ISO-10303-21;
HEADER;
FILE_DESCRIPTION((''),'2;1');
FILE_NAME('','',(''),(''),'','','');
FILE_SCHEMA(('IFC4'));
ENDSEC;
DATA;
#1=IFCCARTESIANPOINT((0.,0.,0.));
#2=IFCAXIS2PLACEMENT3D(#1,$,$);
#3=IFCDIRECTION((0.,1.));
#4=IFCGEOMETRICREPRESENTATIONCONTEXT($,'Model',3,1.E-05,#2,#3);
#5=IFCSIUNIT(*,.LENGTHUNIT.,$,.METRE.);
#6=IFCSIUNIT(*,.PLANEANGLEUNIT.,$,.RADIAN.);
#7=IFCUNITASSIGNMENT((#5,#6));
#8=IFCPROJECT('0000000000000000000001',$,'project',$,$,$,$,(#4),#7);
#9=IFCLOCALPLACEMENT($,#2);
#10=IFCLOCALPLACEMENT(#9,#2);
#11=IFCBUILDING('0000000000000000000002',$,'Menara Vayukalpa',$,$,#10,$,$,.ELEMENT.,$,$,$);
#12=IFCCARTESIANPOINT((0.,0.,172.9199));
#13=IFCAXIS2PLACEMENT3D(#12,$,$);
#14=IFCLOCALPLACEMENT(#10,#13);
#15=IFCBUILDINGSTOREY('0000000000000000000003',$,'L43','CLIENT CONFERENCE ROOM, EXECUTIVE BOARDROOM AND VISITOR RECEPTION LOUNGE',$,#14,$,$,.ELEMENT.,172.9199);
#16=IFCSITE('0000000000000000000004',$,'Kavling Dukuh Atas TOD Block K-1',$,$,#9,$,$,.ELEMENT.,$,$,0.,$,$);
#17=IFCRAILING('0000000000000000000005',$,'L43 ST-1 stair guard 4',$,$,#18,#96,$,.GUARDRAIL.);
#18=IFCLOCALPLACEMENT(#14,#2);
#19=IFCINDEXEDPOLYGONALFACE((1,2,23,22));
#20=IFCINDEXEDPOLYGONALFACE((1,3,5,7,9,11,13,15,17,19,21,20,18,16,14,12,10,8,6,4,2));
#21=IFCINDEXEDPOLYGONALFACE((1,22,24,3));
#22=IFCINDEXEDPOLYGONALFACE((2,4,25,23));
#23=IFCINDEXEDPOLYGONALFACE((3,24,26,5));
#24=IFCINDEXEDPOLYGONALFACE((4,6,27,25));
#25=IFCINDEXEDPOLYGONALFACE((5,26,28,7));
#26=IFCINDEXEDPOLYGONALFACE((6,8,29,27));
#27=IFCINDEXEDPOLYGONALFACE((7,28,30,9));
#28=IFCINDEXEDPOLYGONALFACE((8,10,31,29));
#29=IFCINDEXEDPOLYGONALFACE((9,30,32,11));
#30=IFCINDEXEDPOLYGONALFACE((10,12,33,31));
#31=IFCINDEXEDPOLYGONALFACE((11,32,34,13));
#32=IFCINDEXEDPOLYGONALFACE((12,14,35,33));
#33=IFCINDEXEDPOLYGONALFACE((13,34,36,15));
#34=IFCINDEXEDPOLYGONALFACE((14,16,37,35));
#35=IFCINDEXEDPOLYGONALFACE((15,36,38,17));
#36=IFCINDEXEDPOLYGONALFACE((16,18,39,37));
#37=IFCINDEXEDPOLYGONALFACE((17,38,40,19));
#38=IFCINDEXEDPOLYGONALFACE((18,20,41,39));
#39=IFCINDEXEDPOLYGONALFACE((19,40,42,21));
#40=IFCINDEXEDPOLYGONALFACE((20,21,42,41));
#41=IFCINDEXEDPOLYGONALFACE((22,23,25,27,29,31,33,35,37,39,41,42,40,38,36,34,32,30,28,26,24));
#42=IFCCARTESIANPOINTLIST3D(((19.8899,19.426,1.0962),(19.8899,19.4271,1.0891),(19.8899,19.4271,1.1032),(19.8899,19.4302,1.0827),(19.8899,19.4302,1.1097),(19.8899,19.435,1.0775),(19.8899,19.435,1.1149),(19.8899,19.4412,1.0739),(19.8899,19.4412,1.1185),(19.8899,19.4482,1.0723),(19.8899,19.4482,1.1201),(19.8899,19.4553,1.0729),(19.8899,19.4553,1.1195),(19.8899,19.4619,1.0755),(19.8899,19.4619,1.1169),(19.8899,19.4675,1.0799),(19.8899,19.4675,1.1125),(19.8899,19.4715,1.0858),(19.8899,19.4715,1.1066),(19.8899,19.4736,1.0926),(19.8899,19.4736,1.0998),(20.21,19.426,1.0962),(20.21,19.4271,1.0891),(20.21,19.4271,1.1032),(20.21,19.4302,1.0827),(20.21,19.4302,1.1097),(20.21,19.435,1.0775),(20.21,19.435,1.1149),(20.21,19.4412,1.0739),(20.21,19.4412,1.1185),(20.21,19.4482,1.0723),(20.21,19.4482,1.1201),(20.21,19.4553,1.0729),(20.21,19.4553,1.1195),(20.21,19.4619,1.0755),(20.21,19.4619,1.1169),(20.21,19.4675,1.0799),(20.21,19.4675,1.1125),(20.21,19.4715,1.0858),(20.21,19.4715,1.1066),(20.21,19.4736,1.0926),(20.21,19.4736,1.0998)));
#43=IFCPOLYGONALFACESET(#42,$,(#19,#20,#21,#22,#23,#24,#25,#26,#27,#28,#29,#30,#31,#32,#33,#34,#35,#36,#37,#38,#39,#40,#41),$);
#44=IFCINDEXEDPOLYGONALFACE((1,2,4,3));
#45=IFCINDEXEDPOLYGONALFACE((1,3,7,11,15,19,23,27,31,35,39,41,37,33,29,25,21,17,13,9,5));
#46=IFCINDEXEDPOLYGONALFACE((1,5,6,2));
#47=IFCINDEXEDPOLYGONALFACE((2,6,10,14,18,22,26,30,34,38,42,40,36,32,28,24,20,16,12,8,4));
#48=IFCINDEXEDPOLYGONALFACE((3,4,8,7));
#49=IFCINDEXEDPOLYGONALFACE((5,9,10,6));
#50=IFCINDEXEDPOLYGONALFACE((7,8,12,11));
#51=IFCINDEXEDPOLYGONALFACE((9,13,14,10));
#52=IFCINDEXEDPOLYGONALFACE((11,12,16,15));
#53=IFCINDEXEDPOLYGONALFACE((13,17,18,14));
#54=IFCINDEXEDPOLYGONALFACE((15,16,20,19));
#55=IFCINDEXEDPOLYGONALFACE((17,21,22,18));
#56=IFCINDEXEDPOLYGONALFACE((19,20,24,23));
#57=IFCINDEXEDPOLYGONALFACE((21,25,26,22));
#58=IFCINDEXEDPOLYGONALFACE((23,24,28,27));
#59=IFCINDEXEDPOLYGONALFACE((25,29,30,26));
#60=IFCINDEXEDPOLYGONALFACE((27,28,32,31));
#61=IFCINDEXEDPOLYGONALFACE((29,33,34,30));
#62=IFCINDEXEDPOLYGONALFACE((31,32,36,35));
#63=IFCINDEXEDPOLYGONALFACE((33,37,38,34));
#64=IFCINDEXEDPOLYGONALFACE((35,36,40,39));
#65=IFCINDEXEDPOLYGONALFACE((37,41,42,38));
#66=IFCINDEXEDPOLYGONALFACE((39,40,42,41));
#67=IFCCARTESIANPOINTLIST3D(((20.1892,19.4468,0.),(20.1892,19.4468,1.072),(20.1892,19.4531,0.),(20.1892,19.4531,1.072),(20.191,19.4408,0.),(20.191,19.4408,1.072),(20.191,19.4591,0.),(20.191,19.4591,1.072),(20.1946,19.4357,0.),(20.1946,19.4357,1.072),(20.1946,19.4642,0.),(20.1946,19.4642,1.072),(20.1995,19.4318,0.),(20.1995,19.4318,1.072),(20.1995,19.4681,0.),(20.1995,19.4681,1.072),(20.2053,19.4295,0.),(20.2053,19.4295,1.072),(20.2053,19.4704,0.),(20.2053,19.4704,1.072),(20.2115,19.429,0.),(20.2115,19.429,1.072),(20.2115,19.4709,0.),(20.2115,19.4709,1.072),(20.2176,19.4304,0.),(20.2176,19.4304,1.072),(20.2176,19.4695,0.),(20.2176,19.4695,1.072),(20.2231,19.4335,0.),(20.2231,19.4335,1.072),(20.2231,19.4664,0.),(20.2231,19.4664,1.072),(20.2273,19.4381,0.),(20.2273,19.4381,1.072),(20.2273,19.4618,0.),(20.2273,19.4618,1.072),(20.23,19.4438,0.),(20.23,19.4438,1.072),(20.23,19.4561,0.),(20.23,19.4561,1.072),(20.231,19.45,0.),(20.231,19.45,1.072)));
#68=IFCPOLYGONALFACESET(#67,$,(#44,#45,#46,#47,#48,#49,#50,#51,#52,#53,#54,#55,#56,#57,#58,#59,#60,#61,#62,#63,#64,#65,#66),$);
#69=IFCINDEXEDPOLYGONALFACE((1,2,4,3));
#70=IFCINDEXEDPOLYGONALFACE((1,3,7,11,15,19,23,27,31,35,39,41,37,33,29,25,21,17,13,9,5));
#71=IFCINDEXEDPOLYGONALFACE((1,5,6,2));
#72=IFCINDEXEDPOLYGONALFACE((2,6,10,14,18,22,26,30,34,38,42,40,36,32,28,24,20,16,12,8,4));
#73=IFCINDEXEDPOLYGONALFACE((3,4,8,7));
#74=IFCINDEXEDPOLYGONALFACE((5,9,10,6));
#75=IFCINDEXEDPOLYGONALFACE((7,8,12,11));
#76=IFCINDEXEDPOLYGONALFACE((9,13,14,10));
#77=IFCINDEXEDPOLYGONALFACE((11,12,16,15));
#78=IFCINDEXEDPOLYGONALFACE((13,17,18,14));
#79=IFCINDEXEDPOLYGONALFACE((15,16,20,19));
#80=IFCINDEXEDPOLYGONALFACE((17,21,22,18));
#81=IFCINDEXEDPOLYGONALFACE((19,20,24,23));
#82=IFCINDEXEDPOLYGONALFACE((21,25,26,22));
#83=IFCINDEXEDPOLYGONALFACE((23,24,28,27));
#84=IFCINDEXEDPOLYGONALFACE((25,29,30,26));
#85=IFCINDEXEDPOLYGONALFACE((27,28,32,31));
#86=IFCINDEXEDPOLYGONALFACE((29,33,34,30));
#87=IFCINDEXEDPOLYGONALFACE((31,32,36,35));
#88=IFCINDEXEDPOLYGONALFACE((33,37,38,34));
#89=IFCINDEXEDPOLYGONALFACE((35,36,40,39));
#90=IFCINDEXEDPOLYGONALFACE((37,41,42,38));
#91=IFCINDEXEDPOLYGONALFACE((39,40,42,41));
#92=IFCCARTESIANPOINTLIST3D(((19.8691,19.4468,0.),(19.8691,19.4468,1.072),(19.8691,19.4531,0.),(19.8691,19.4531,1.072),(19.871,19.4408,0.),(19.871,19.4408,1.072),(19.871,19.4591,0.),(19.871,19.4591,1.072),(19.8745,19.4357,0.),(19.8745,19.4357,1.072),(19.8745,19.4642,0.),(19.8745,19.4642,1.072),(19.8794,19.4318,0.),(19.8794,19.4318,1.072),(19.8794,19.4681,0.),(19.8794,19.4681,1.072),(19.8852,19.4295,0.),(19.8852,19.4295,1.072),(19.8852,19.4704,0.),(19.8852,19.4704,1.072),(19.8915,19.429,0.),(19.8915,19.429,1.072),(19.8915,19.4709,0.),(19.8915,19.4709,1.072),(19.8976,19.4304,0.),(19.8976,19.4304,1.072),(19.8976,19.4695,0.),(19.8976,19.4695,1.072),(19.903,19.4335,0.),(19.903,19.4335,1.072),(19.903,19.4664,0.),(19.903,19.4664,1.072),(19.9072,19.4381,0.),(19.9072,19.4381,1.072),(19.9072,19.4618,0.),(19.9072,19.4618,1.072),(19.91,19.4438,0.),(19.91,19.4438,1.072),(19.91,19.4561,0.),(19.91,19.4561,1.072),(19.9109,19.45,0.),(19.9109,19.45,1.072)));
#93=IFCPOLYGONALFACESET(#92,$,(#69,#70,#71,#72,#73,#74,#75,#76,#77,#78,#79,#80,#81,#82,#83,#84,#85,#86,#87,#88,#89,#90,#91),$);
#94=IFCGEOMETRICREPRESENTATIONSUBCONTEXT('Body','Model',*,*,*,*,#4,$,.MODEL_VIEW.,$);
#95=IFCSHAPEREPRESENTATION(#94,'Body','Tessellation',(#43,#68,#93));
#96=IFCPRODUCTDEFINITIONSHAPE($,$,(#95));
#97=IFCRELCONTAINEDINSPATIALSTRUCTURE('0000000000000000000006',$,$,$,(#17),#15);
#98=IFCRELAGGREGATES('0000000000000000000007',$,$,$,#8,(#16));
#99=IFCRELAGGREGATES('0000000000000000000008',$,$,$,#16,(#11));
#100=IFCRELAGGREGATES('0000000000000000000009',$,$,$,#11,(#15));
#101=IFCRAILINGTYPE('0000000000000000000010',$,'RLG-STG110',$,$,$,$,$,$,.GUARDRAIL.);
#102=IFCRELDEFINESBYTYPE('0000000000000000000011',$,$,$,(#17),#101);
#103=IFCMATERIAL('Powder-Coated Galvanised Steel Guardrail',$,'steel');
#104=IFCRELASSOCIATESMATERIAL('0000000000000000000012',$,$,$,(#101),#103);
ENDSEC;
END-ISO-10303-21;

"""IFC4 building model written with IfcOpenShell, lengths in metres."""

from ifc_helpers import new_model, si_unit, direction, frame, origin, origin_2d, place, context, subcontext, project, spatial, circle, extrude, material, type_object, element, save


model = new_model("IFC4")

# Units and contexts
model_context = context("Model", 3, precision=1e-05, world=origin(), true_north=direction((0.0, 1.0)))
body_context = subcontext(model_context, "Body", "Model", "MODEL_VIEW")
ifc_project = project(units=[si_unit("LENGTHUNIT", "METRE"), si_unit("PLANEANGLEUNIT", "RADIAN")], contexts=[model_context])

# Site, building, storey
site_placement = place(None, origin())
site = spatial("IfcSite", under=ifc_project, at=site_placement, Name="Kavling Dukuh Atas TOD Block K-1", CompositionType="ELEMENT", RefElevation=0.0)
building_placement = place(site_placement, origin())
building = spatial("IfcBuilding", under=site, at=building_placement, Name="Menara Vayukalpa", CompositionType="ELEMENT")
storey_placement = place(building_placement, frame((0.0, 0.0, 172.9199)))
storey = spatial("IfcBuildingStorey", under=building, at=storey_placement, Name="L43", Description="CLIENT CONFERENCE ROOM, EXECUTIVE BOARDROOM AND VISITOR RECEPTION LOUNGE", CompositionType="ELEMENT", Elevation=172.9199)

# Railing
ifc_material_1 = material(Name="Powder-Coated Galvanised Steel Guardrail", Category="steel")
railing_type = type_object("IfcRailingType", Name="RLG-STG110", PredefinedType="GUARDRAIL", material=ifc_material_1)
railing_1_placement = place(storey_placement, frame((20.21, 19.45, 0.0)))
element("IfcRailing", 1, at=railing_1_placement, inside=storey, type_object=railing_type, Name="L43 ST-1 stair guard 4", PredefinedType="GUARDRAIL", context=body_context, shape_type="SweptSolid", body=[
    extrude(circle(Radius=0.0239, at=origin_2d()), frame((0.0, 0.0, 1.0962), z_axis=(-1.0, 0.0, 0.0), x_axis=(0.0, -1.0, 0.0)), (0.0, 0.0, 1.0), 0.3201),
    extrude(circle(Radius=0.021, at=origin_2d()), origin(), (0.0, 0.0, 1.0), 1.072),
    extrude(circle(Radius=0.021, at=origin_2d()), frame((-0.3201, 0.0, 0.0)), (0.0, 0.0, 1.0), 1.072),
])

save(model, "model.ifc")
